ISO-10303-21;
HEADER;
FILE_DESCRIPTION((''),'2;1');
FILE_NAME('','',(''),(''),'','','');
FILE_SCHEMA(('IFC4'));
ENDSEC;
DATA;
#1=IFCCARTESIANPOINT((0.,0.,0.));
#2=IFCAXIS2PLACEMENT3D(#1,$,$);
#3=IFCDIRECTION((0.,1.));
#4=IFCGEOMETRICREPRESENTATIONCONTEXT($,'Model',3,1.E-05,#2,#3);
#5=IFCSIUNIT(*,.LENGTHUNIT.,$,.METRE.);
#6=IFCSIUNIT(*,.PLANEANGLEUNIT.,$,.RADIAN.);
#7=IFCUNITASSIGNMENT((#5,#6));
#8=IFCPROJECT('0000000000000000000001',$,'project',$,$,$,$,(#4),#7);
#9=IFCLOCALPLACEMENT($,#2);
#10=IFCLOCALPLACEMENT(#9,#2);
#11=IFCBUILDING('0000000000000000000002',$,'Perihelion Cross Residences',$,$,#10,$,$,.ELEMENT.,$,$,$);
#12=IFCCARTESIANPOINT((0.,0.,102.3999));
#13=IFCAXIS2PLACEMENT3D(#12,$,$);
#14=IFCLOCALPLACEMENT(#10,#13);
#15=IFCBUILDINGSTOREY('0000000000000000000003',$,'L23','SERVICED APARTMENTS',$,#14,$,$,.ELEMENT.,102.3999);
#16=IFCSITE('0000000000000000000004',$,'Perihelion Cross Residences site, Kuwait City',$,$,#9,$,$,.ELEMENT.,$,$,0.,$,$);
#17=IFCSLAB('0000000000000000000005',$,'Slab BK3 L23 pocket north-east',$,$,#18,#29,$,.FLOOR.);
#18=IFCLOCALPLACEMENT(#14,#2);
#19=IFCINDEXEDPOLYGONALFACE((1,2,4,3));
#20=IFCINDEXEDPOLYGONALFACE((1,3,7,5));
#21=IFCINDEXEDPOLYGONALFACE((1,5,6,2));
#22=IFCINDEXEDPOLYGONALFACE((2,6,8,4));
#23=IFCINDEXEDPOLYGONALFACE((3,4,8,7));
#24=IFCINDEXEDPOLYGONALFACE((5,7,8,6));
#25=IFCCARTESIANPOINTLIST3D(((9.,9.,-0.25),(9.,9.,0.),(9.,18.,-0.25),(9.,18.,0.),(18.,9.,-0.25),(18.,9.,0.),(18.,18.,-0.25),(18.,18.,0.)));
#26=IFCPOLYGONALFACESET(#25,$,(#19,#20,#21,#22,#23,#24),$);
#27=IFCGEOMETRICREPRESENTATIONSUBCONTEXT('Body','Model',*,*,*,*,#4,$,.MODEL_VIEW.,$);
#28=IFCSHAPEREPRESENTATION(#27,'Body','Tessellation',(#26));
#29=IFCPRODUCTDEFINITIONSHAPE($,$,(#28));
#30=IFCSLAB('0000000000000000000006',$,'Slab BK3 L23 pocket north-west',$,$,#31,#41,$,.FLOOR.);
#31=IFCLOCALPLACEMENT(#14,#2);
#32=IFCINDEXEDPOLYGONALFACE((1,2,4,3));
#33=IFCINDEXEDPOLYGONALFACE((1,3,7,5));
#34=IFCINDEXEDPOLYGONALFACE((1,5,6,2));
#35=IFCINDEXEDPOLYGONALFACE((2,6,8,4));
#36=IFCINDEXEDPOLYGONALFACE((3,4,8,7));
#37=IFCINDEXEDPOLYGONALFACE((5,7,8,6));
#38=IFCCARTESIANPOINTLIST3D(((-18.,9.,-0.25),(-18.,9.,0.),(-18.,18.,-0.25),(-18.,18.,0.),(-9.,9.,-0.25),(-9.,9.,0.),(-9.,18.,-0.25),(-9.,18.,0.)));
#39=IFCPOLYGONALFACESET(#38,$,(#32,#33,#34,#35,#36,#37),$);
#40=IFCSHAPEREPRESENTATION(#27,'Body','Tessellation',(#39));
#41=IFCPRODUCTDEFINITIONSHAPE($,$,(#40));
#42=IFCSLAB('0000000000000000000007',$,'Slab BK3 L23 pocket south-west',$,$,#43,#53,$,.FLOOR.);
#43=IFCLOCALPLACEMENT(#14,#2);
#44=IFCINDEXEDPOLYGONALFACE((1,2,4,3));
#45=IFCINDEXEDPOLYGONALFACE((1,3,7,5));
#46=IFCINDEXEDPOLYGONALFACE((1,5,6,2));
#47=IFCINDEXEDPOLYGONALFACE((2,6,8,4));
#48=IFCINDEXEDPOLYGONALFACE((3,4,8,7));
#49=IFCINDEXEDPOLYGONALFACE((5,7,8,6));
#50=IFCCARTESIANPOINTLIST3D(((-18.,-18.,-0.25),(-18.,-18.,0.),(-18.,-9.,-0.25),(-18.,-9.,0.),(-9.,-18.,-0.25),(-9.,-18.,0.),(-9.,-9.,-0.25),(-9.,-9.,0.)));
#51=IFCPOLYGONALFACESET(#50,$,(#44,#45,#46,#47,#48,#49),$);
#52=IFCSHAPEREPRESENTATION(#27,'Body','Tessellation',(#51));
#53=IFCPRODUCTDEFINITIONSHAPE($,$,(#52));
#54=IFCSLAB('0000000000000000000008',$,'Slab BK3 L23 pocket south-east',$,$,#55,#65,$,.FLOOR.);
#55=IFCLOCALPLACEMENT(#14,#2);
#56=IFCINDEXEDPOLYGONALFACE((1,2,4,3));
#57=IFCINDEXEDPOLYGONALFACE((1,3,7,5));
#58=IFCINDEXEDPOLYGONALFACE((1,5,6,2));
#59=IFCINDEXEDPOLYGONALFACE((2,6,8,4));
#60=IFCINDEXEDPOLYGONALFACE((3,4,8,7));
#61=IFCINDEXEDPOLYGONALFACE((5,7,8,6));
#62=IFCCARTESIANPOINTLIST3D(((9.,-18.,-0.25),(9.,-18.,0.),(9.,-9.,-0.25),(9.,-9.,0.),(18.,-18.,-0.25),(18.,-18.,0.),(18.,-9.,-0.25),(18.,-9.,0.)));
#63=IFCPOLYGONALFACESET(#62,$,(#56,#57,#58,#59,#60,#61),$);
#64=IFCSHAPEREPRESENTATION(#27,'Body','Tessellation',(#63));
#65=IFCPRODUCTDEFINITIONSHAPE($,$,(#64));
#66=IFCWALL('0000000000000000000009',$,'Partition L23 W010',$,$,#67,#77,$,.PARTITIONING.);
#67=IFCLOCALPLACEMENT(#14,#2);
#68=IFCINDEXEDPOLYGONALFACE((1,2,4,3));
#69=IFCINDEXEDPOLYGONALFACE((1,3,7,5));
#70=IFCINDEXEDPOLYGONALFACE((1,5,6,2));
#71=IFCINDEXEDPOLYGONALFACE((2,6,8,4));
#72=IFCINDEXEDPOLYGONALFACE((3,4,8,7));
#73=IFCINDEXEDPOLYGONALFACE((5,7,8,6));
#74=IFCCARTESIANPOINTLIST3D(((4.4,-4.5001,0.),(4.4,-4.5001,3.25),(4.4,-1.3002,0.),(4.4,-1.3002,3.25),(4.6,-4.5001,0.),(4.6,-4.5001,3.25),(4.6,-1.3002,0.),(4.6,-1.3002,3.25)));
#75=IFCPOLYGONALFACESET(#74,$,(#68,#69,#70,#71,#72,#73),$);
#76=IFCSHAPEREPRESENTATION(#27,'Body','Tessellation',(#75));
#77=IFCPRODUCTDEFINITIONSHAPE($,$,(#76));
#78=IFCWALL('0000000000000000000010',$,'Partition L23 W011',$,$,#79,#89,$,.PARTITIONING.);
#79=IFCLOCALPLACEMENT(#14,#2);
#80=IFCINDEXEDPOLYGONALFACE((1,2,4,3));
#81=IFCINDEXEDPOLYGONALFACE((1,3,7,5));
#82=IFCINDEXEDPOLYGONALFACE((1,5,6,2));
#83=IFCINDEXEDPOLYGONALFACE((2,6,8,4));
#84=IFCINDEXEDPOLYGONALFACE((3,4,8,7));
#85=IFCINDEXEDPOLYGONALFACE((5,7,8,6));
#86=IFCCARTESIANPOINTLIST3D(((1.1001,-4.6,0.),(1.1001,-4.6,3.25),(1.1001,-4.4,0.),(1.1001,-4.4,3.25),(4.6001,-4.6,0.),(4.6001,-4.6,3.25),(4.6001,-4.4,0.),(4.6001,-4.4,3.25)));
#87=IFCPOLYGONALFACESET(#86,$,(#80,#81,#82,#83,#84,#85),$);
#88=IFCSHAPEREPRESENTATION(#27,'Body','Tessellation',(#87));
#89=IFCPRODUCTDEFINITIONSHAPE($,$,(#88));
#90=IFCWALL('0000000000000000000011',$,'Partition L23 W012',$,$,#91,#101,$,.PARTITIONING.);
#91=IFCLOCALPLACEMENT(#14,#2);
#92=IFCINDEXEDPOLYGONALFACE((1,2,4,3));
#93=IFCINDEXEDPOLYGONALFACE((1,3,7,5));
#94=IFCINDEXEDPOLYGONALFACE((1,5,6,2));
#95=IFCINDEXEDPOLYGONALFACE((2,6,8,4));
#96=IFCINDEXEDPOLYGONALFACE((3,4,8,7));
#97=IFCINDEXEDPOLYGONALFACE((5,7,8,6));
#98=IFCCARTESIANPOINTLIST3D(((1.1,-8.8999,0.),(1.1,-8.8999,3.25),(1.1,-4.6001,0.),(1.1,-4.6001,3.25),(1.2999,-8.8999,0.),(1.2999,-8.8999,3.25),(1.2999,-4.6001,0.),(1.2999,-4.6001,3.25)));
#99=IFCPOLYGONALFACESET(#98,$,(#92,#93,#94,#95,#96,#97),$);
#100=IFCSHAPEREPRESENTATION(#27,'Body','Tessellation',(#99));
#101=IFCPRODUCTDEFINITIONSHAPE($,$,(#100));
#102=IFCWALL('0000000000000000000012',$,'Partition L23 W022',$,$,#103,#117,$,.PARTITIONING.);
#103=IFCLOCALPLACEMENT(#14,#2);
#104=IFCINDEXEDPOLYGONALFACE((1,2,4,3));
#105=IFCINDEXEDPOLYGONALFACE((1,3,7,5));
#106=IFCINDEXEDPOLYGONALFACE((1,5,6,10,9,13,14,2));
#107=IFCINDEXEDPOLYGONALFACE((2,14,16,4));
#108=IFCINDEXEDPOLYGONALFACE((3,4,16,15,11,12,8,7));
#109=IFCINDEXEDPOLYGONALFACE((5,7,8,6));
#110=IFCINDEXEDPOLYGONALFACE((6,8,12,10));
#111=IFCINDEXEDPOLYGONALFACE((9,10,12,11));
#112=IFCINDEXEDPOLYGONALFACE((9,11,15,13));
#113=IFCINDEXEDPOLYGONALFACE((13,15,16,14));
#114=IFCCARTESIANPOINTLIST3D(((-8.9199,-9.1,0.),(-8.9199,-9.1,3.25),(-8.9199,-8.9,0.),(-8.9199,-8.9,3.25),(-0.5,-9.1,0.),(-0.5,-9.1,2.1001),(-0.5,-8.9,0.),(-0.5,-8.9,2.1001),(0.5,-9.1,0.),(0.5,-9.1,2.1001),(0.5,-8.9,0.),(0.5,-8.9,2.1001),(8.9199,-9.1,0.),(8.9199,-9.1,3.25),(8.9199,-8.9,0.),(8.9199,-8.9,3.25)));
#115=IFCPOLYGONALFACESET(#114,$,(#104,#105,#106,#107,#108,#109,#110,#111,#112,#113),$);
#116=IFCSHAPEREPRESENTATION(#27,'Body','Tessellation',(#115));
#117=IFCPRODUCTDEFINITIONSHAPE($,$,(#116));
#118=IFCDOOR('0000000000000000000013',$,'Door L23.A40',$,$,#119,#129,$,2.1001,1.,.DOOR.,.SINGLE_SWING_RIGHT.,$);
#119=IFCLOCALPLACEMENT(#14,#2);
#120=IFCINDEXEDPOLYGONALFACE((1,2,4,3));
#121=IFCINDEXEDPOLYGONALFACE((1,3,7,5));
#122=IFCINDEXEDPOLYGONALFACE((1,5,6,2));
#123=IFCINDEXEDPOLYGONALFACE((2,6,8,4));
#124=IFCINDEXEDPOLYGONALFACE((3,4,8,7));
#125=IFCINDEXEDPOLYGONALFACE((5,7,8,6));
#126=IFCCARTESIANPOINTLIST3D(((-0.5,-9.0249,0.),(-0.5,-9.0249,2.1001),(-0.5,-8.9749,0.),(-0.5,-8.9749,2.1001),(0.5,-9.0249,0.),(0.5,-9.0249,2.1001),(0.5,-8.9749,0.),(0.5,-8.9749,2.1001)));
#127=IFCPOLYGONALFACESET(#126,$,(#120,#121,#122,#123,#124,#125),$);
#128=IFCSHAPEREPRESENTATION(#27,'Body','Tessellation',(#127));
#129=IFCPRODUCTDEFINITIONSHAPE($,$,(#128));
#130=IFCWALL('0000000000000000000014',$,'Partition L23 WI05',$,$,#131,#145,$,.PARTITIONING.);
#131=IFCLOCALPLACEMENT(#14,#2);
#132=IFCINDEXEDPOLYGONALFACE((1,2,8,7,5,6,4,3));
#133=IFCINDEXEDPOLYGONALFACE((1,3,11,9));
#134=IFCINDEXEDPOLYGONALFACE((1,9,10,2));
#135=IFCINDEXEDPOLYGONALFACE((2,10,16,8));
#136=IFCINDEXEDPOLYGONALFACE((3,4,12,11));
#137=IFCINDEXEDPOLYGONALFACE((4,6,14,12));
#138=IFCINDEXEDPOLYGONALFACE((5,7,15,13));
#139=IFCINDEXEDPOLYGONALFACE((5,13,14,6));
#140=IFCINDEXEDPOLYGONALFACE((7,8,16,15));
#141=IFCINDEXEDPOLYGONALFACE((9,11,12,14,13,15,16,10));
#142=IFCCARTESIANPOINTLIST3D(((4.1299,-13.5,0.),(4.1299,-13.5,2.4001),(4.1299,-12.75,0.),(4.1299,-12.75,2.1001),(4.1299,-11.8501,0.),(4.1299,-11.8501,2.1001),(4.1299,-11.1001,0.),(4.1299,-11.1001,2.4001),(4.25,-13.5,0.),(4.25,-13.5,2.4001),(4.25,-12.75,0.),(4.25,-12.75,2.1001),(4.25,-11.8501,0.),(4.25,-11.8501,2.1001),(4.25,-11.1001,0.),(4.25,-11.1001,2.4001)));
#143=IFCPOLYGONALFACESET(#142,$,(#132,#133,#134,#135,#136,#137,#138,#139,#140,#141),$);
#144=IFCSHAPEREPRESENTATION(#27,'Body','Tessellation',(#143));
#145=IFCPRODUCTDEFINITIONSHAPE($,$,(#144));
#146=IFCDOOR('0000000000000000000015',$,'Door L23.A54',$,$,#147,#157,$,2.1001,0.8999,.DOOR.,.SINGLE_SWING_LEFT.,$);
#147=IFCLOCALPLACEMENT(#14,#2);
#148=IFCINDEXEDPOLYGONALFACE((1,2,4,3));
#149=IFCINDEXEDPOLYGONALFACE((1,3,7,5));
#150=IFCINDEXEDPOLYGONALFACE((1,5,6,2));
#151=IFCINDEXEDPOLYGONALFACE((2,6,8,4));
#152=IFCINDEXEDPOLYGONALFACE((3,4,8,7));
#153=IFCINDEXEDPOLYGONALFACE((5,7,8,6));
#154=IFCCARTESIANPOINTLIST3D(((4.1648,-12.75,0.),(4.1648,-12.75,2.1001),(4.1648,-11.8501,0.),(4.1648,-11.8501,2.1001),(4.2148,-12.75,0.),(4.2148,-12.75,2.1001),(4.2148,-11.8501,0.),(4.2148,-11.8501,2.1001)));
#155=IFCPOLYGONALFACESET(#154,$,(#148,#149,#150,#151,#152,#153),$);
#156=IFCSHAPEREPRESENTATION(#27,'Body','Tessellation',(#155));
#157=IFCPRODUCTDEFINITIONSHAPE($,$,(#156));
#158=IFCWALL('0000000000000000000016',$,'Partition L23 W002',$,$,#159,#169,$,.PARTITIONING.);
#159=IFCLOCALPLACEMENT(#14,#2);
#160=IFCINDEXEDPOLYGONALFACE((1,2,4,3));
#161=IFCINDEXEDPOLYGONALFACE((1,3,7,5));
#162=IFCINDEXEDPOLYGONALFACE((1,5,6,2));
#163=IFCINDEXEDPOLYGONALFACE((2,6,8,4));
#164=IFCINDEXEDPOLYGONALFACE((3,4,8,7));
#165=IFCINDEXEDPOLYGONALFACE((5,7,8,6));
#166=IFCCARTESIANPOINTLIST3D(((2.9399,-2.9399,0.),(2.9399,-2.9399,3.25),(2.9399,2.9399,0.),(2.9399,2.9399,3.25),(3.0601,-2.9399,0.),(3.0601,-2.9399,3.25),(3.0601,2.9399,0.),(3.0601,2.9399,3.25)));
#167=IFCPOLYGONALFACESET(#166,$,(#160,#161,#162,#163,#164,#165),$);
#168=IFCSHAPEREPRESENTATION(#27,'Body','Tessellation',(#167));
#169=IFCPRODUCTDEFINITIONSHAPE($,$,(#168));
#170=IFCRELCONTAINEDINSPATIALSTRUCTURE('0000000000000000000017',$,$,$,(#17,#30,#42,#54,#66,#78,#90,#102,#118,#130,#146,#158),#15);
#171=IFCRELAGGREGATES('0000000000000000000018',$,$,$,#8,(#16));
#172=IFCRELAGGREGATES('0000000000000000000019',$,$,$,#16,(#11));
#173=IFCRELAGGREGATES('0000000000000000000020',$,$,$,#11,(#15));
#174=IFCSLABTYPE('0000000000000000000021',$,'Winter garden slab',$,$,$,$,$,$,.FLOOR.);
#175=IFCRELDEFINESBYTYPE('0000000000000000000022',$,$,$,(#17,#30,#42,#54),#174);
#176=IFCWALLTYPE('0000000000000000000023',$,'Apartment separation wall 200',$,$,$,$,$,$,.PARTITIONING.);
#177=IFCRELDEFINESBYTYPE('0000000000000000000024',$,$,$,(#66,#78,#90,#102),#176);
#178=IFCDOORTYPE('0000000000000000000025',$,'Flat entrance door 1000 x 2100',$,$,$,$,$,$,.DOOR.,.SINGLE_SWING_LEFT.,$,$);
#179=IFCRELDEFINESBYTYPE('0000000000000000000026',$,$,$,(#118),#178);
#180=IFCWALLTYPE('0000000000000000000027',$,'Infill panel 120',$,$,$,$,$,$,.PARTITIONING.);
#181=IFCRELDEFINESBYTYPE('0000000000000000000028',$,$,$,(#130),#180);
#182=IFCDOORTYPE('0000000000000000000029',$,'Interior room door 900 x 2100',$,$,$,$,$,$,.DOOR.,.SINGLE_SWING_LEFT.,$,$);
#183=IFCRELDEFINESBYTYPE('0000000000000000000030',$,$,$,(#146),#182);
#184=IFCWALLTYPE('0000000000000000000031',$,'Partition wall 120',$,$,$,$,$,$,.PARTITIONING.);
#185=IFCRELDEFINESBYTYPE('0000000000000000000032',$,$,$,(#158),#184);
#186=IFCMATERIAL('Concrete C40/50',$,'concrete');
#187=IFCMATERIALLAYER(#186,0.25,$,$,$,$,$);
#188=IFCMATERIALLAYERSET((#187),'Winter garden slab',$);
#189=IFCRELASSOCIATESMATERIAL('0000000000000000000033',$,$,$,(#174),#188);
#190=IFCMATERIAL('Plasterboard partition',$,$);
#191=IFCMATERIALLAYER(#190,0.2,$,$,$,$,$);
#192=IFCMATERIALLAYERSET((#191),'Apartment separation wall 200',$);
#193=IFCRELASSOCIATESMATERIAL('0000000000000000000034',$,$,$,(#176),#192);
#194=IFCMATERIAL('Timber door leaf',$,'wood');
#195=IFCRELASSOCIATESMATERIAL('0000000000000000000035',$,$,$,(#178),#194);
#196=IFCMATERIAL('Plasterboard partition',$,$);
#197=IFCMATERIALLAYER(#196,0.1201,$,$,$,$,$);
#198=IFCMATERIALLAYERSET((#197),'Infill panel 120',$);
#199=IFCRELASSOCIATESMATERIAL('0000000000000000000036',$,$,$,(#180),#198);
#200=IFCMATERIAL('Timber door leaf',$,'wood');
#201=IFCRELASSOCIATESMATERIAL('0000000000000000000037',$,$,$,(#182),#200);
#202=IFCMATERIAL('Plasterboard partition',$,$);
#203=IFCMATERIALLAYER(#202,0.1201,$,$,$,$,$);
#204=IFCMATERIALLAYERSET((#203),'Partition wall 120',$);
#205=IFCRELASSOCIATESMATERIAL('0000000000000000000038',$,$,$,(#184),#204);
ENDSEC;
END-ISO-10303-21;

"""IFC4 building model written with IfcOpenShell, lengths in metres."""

from ifc_helpers import new_model, si_unit, direction, frame, frame_2d, origin, place, context, subcontext, project, spatial, polyline, rectangle, outline, extrude, material, layer, layer_set, type_object, element, fill, save


model = new_model("IFC4")

# Units and contexts
model_context = context("Model", 3, precision=1e-05, world=origin(), true_north=direction((0.0, 1.0)))
body_context = subcontext(model_context, "Body", "Model", "MODEL_VIEW")
ifc_project = project(units=[si_unit("LENGTHUNIT", "METRE"), si_unit("PLANEANGLEUNIT", "RADIAN")], contexts=[model_context])

# Site, building, storey
site_placement = place(None, origin())
site = spatial("IfcSite", under=ifc_project, at=site_placement, Name="Perihelion Cross Residences site, Kuwait City", CompositionType="ELEMENT", RefElevation=0.0)
building_placement = place(site_placement, origin())
building = spatial("IfcBuilding", under=site, at=building_placement, Name="Perihelion Cross Residences", CompositionType="ELEMENT")
storey_placement = place(building_placement, frame((0.0, 0.0, 102.3999)))
storey = spatial("IfcBuildingStorey", under=building, at=storey_placement, Name="L23", Description="SERVICED APARTMENTS", CompositionType="ELEMENT", Elevation=102.3999)

# Slabs
ifc_material_1 = material(Name="Concrete C40/50", Category="concrete")
ifc_layer_1 = layer(ifc_material_1, 0.25)
ifc_layer_set_1 = layer_set([ifc_layer_1], Name="Winter garden slab")
slab_type_1 = type_object("IfcSlabType", Name="Winter garden slab", PredefinedType="FLOOR", material=ifc_layer_set_1)
slab_1_placement = place(storey_placement, frame((0.0, 0.0, -0.25)))
element("IfcSlab", 1, at=slab_1_placement, inside=storey, type_object=slab_type_1, Name="Slab BK3 L23 pocket north-east", PredefinedType="FLOOR", context=body_context, shape_type="SweptSolid", body=[
    extrude(outline(polyline([(18.0, 9.0), (18.0, 18.0), (9.0, 18.0), (9.0, 9.0), (18.0, 9.0)])), origin(), (0.0, 0.0, 1.0), 0.25),
])
slab_2_placement = place(storey_placement, frame((0.0, 0.0, -0.25)))
element("IfcSlab", 2, at=slab_2_placement, inside=storey, type_object=slab_type_1, Name="Slab BK3 L23 pocket north-west", PredefinedType="FLOOR", context=body_context, shape_type="SweptSolid", body=[
    extrude(outline(polyline([(-9.0, 9.0), (-9.0, 18.0), (-18.0, 18.0), (-18.0, 9.0), (-9.0, 9.0)])), origin(), (0.0, 0.0, 1.0), 0.25),
])
slab_3_placement = place(storey_placement, frame((0.0, 0.0, -0.25)))
element("IfcSlab", 3, at=slab_3_placement, inside=storey, type_object=slab_type_1, Name="Slab BK3 L23 pocket south-west", PredefinedType="FLOOR", context=body_context, shape_type="SweptSolid", body=[
    extrude(outline(polyline([(-9.0, -18.0), (-9.0, -9.0), (-18.0, -9.0), (-18.0, -18.0), (-9.0, -18.0)])), origin(), (0.0, 0.0, 1.0), 0.25),
])
slab_4_placement = place(storey_placement, frame((0.0, 0.0, -0.25)))
element("IfcSlab", 4, at=slab_4_placement, inside=storey, type_object=slab_type_1, Name="Slab BK3 L23 pocket south-east", PredefinedType="FLOOR", context=body_context, shape_type="SweptSolid", body=[
    extrude(outline(polyline([(18.0, -18.0), (18.0, -9.0), (9.0, -9.0), (9.0, -18.0), (18.0, -18.0)])), origin(), (0.0, 0.0, 1.0), 0.25),
])

# Walls
ifc_material_2 = material(Name="Plasterboard partition")
ifc_layer_2 = layer(ifc_material_2, 0.2)
ifc_layer_set_2 = layer_set([ifc_layer_2], Name="Apartment separation wall 200")
wall_type_1 = type_object("IfcWallType", Name="Apartment separation wall 200", PredefinedType="PARTITIONING", material=ifc_layer_set_2)
wall_1_placement = place(storey_placement, frame((4.5, -1.3, 0.0), z_axis=(0.0, 0.0, 1.0), x_axis=(0.0, -1.0, 0.0)))
element("IfcWall", 5, at=wall_1_placement, inside=storey, type_object=wall_type_1, Name="Partition L23 W010", PredefinedType="PARTITIONING", context=body_context, shape_type="SweptSolid", body=[
    extrude(rectangle(XDim=3.2, YDim=0.2, at=frame_2d((1.6001, 0.0))), origin(), (0.0, 0.0, 1.0), 3.25),
])
wall_2_placement = place(storey_placement, frame((4.6001, -4.5, 0.0), z_axis=(0.0, 0.0, 1.0), x_axis=(-1.0, 0.0, 0.0)))
element("IfcWall", 6, at=wall_2_placement, inside=storey, type_object=wall_type_1, Name="Partition L23 W011", PredefinedType="PARTITIONING", context=body_context, shape_type="SweptSolid", body=[
    extrude(rectangle(XDim=3.5, YDim=0.2, at=frame_2d((1.75, 0.0))), origin(), (0.0, 0.0, 1.0), 3.25),
])
wall_3_placement = place(storey_placement, frame((1.2, -4.6001, 0.0), z_axis=(0.0, 0.0, 1.0), x_axis=(0.0, -1.0, 0.0)))
element("IfcWall", 7, at=wall_3_placement, inside=storey, type_object=wall_type_1, Name="Partition L23 W012", PredefinedType="PARTITIONING", context=body_context, shape_type="SweptSolid", body=[
    extrude(rectangle(XDim=4.2998, YDim=0.2, at=frame_2d((2.1499, 0.0))), origin(), (0.0, 0.0, 1.0), 3.25),
])

# Walls, openings, doors
wall_4_placement = place(storey_placement, frame((8.9199, -9.0, 0.0), z_axis=(0.0, 0.0, 1.0), x_axis=(-1.0, 0.0, 0.0)))
wall_4 = element("IfcWall", 8, at=wall_4_placement, inside=storey, type_object=wall_type_1, Name="Partition L23 W022", PredefinedType="PARTITIONING", context=body_context, shape_type="SweptSolid", body=[
    extrude(rectangle(XDim=17.8398, YDim=0.2, at=frame_2d((8.9199, 0.0))), origin(), (0.0, 0.0, 1.0), 3.25),
])
opening_1_placement = place(wall_4_placement, frame((8.4199, 0.0, 0.0)))
opening_1 = element("IfcOpeningElement", 9, at=opening_1_placement, cuts=wall_4, PredefinedType="OPENING", context=body_context, shape_type="SweptSolid", body=[
    extrude(rectangle(XDim=1.0, YDim=2.1001, at=frame_2d((0.5, 1.05))), frame((0.0, 0.1099, 0.0), z_axis=(0.0, -1.0, 0.0), x_axis=(1.0, 0.0, 0.0)), (0.0, 0.0, 1.0), 0.22),
])
ifc_material_3 = material(Name="Timber door leaf", Category="wood")
door_type_1 = type_object("IfcDoorType", Name="Flat entrance door 1000 x 2100", OperationType="SINGLE_SWING_LEFT", PredefinedType="DOOR", material=ifc_material_3)
door_1_placement = place(opening_1_placement, origin())
door_1 = element("IfcDoor", 10, at=door_1_placement, inside=storey, type_object=door_type_1, Name="Door L23.A40", OperationType="SINGLE_SWING_RIGHT", OverallHeight=2.1001, OverallWidth=1.0, PredefinedType="DOOR", context=body_context, shape_type="SweptSolid", body=[
    extrude(rectangle(XDim=1.0, YDim=2.1001, at=frame_2d((0.5, 1.05))), frame((0.0, 0.0249, 0.0), z_axis=(0.0, -1.0, 0.0), x_axis=(1.0, 0.0, 0.0)), (0.0, 0.0, 1.0), 0.05),
])
fill(opening_1, door_1)
ifc_material_4 = material(Name="Plasterboard partition")
ifc_layer_3 = layer(ifc_material_4, 0.1201)
ifc_layer_set_3 = layer_set([ifc_layer_3], Name="Infill panel 120")
wall_type_2 = type_object("IfcWallType", Name="Infill panel 120", PredefinedType="PARTITIONING", material=ifc_layer_set_3)
wall_5_placement = place(storey_placement, frame((4.1899, -11.1001, 0.0), z_axis=(0.0, 0.0, 1.0), x_axis=(0.0, -1.0, 0.0)))
wall_5 = element("IfcWall", 11, at=wall_5_placement, inside=storey, type_object=wall_type_2, Name="Partition L23 WI05", PredefinedType="PARTITIONING", context=body_context, shape_type="SweptSolid", body=[
    extrude(rectangle(XDim=2.3999, YDim=0.1201, at=frame_2d((1.2, 0.0))), origin(), (0.0, 0.0, 1.0), 2.4001),
])
opening_2_placement = place(wall_5_placement, frame((0.75, 0.0, 0.0)))
opening_2 = element("IfcOpeningElement", 12, at=opening_2_placement, cuts=wall_5, PredefinedType="OPENING", context=body_context, shape_type="SweptSolid", body=[
    extrude(rectangle(XDim=0.8999, YDim=2.1001, at=frame_2d((0.45, 1.05))), frame((0.0, 0.0701, 0.0), z_axis=(0.0, -1.0, 0.0), x_axis=(1.0, 0.0, 0.0)), (0.0, 0.0, 1.0), 0.1401),
])
ifc_material_5 = material(Name="Timber door leaf", Category="wood")
door_type_2 = type_object("IfcDoorType", Name="Interior room door 900 x 2100", OperationType="SINGLE_SWING_LEFT", PredefinedType="DOOR", material=ifc_material_5)
door_2_placement = place(opening_2_placement, origin())
door_2 = element("IfcDoor", 13, at=door_2_placement, inside=storey, type_object=door_type_2, Name="Door L23.A54", OperationType="SINGLE_SWING_LEFT", OverallHeight=2.1001, OverallWidth=0.8999, PredefinedType="DOOR", context=body_context, shape_type="SweptSolid", body=[
    extrude(rectangle(XDim=0.8999, YDim=2.1001, at=frame_2d((0.45, 1.05))), frame((0.0, 0.0249, 0.0), z_axis=(0.0, -1.0, 0.0), x_axis=(1.0, 0.0, 0.0)), (0.0, 0.0, 1.0), 0.05),
])
fill(opening_2, door_2)

# Wall
ifc_material_6 = material(Name="Plasterboard partition")
ifc_layer_4 = layer(ifc_material_6, 0.1201)
ifc_layer_set_4 = layer_set([ifc_layer_4], Name="Partition wall 120")
wall_type_3 = type_object("IfcWallType", Name="Partition wall 120", PredefinedType="PARTITIONING", material=ifc_layer_set_4)
wall_6_placement = place(storey_placement, frame((3.0, -2.9399, 0.0), z_axis=(0.0, 0.0, 1.0), x_axis=(0.0, 1.0, 0.0)))
element("IfcWall", 14, at=wall_6_placement, inside=storey, type_object=wall_type_3, Name="Partition L23 W002", PredefinedType="PARTITIONING", context=body_context, shape_type="SweptSolid", body=[
    extrude(rectangle(XDim=5.8799, YDim=0.1201, at=frame_2d((2.9399, 0.0))), origin(), (0.0, 0.0, 1.0), 3.25),
])

save(model, "model.ifc")
